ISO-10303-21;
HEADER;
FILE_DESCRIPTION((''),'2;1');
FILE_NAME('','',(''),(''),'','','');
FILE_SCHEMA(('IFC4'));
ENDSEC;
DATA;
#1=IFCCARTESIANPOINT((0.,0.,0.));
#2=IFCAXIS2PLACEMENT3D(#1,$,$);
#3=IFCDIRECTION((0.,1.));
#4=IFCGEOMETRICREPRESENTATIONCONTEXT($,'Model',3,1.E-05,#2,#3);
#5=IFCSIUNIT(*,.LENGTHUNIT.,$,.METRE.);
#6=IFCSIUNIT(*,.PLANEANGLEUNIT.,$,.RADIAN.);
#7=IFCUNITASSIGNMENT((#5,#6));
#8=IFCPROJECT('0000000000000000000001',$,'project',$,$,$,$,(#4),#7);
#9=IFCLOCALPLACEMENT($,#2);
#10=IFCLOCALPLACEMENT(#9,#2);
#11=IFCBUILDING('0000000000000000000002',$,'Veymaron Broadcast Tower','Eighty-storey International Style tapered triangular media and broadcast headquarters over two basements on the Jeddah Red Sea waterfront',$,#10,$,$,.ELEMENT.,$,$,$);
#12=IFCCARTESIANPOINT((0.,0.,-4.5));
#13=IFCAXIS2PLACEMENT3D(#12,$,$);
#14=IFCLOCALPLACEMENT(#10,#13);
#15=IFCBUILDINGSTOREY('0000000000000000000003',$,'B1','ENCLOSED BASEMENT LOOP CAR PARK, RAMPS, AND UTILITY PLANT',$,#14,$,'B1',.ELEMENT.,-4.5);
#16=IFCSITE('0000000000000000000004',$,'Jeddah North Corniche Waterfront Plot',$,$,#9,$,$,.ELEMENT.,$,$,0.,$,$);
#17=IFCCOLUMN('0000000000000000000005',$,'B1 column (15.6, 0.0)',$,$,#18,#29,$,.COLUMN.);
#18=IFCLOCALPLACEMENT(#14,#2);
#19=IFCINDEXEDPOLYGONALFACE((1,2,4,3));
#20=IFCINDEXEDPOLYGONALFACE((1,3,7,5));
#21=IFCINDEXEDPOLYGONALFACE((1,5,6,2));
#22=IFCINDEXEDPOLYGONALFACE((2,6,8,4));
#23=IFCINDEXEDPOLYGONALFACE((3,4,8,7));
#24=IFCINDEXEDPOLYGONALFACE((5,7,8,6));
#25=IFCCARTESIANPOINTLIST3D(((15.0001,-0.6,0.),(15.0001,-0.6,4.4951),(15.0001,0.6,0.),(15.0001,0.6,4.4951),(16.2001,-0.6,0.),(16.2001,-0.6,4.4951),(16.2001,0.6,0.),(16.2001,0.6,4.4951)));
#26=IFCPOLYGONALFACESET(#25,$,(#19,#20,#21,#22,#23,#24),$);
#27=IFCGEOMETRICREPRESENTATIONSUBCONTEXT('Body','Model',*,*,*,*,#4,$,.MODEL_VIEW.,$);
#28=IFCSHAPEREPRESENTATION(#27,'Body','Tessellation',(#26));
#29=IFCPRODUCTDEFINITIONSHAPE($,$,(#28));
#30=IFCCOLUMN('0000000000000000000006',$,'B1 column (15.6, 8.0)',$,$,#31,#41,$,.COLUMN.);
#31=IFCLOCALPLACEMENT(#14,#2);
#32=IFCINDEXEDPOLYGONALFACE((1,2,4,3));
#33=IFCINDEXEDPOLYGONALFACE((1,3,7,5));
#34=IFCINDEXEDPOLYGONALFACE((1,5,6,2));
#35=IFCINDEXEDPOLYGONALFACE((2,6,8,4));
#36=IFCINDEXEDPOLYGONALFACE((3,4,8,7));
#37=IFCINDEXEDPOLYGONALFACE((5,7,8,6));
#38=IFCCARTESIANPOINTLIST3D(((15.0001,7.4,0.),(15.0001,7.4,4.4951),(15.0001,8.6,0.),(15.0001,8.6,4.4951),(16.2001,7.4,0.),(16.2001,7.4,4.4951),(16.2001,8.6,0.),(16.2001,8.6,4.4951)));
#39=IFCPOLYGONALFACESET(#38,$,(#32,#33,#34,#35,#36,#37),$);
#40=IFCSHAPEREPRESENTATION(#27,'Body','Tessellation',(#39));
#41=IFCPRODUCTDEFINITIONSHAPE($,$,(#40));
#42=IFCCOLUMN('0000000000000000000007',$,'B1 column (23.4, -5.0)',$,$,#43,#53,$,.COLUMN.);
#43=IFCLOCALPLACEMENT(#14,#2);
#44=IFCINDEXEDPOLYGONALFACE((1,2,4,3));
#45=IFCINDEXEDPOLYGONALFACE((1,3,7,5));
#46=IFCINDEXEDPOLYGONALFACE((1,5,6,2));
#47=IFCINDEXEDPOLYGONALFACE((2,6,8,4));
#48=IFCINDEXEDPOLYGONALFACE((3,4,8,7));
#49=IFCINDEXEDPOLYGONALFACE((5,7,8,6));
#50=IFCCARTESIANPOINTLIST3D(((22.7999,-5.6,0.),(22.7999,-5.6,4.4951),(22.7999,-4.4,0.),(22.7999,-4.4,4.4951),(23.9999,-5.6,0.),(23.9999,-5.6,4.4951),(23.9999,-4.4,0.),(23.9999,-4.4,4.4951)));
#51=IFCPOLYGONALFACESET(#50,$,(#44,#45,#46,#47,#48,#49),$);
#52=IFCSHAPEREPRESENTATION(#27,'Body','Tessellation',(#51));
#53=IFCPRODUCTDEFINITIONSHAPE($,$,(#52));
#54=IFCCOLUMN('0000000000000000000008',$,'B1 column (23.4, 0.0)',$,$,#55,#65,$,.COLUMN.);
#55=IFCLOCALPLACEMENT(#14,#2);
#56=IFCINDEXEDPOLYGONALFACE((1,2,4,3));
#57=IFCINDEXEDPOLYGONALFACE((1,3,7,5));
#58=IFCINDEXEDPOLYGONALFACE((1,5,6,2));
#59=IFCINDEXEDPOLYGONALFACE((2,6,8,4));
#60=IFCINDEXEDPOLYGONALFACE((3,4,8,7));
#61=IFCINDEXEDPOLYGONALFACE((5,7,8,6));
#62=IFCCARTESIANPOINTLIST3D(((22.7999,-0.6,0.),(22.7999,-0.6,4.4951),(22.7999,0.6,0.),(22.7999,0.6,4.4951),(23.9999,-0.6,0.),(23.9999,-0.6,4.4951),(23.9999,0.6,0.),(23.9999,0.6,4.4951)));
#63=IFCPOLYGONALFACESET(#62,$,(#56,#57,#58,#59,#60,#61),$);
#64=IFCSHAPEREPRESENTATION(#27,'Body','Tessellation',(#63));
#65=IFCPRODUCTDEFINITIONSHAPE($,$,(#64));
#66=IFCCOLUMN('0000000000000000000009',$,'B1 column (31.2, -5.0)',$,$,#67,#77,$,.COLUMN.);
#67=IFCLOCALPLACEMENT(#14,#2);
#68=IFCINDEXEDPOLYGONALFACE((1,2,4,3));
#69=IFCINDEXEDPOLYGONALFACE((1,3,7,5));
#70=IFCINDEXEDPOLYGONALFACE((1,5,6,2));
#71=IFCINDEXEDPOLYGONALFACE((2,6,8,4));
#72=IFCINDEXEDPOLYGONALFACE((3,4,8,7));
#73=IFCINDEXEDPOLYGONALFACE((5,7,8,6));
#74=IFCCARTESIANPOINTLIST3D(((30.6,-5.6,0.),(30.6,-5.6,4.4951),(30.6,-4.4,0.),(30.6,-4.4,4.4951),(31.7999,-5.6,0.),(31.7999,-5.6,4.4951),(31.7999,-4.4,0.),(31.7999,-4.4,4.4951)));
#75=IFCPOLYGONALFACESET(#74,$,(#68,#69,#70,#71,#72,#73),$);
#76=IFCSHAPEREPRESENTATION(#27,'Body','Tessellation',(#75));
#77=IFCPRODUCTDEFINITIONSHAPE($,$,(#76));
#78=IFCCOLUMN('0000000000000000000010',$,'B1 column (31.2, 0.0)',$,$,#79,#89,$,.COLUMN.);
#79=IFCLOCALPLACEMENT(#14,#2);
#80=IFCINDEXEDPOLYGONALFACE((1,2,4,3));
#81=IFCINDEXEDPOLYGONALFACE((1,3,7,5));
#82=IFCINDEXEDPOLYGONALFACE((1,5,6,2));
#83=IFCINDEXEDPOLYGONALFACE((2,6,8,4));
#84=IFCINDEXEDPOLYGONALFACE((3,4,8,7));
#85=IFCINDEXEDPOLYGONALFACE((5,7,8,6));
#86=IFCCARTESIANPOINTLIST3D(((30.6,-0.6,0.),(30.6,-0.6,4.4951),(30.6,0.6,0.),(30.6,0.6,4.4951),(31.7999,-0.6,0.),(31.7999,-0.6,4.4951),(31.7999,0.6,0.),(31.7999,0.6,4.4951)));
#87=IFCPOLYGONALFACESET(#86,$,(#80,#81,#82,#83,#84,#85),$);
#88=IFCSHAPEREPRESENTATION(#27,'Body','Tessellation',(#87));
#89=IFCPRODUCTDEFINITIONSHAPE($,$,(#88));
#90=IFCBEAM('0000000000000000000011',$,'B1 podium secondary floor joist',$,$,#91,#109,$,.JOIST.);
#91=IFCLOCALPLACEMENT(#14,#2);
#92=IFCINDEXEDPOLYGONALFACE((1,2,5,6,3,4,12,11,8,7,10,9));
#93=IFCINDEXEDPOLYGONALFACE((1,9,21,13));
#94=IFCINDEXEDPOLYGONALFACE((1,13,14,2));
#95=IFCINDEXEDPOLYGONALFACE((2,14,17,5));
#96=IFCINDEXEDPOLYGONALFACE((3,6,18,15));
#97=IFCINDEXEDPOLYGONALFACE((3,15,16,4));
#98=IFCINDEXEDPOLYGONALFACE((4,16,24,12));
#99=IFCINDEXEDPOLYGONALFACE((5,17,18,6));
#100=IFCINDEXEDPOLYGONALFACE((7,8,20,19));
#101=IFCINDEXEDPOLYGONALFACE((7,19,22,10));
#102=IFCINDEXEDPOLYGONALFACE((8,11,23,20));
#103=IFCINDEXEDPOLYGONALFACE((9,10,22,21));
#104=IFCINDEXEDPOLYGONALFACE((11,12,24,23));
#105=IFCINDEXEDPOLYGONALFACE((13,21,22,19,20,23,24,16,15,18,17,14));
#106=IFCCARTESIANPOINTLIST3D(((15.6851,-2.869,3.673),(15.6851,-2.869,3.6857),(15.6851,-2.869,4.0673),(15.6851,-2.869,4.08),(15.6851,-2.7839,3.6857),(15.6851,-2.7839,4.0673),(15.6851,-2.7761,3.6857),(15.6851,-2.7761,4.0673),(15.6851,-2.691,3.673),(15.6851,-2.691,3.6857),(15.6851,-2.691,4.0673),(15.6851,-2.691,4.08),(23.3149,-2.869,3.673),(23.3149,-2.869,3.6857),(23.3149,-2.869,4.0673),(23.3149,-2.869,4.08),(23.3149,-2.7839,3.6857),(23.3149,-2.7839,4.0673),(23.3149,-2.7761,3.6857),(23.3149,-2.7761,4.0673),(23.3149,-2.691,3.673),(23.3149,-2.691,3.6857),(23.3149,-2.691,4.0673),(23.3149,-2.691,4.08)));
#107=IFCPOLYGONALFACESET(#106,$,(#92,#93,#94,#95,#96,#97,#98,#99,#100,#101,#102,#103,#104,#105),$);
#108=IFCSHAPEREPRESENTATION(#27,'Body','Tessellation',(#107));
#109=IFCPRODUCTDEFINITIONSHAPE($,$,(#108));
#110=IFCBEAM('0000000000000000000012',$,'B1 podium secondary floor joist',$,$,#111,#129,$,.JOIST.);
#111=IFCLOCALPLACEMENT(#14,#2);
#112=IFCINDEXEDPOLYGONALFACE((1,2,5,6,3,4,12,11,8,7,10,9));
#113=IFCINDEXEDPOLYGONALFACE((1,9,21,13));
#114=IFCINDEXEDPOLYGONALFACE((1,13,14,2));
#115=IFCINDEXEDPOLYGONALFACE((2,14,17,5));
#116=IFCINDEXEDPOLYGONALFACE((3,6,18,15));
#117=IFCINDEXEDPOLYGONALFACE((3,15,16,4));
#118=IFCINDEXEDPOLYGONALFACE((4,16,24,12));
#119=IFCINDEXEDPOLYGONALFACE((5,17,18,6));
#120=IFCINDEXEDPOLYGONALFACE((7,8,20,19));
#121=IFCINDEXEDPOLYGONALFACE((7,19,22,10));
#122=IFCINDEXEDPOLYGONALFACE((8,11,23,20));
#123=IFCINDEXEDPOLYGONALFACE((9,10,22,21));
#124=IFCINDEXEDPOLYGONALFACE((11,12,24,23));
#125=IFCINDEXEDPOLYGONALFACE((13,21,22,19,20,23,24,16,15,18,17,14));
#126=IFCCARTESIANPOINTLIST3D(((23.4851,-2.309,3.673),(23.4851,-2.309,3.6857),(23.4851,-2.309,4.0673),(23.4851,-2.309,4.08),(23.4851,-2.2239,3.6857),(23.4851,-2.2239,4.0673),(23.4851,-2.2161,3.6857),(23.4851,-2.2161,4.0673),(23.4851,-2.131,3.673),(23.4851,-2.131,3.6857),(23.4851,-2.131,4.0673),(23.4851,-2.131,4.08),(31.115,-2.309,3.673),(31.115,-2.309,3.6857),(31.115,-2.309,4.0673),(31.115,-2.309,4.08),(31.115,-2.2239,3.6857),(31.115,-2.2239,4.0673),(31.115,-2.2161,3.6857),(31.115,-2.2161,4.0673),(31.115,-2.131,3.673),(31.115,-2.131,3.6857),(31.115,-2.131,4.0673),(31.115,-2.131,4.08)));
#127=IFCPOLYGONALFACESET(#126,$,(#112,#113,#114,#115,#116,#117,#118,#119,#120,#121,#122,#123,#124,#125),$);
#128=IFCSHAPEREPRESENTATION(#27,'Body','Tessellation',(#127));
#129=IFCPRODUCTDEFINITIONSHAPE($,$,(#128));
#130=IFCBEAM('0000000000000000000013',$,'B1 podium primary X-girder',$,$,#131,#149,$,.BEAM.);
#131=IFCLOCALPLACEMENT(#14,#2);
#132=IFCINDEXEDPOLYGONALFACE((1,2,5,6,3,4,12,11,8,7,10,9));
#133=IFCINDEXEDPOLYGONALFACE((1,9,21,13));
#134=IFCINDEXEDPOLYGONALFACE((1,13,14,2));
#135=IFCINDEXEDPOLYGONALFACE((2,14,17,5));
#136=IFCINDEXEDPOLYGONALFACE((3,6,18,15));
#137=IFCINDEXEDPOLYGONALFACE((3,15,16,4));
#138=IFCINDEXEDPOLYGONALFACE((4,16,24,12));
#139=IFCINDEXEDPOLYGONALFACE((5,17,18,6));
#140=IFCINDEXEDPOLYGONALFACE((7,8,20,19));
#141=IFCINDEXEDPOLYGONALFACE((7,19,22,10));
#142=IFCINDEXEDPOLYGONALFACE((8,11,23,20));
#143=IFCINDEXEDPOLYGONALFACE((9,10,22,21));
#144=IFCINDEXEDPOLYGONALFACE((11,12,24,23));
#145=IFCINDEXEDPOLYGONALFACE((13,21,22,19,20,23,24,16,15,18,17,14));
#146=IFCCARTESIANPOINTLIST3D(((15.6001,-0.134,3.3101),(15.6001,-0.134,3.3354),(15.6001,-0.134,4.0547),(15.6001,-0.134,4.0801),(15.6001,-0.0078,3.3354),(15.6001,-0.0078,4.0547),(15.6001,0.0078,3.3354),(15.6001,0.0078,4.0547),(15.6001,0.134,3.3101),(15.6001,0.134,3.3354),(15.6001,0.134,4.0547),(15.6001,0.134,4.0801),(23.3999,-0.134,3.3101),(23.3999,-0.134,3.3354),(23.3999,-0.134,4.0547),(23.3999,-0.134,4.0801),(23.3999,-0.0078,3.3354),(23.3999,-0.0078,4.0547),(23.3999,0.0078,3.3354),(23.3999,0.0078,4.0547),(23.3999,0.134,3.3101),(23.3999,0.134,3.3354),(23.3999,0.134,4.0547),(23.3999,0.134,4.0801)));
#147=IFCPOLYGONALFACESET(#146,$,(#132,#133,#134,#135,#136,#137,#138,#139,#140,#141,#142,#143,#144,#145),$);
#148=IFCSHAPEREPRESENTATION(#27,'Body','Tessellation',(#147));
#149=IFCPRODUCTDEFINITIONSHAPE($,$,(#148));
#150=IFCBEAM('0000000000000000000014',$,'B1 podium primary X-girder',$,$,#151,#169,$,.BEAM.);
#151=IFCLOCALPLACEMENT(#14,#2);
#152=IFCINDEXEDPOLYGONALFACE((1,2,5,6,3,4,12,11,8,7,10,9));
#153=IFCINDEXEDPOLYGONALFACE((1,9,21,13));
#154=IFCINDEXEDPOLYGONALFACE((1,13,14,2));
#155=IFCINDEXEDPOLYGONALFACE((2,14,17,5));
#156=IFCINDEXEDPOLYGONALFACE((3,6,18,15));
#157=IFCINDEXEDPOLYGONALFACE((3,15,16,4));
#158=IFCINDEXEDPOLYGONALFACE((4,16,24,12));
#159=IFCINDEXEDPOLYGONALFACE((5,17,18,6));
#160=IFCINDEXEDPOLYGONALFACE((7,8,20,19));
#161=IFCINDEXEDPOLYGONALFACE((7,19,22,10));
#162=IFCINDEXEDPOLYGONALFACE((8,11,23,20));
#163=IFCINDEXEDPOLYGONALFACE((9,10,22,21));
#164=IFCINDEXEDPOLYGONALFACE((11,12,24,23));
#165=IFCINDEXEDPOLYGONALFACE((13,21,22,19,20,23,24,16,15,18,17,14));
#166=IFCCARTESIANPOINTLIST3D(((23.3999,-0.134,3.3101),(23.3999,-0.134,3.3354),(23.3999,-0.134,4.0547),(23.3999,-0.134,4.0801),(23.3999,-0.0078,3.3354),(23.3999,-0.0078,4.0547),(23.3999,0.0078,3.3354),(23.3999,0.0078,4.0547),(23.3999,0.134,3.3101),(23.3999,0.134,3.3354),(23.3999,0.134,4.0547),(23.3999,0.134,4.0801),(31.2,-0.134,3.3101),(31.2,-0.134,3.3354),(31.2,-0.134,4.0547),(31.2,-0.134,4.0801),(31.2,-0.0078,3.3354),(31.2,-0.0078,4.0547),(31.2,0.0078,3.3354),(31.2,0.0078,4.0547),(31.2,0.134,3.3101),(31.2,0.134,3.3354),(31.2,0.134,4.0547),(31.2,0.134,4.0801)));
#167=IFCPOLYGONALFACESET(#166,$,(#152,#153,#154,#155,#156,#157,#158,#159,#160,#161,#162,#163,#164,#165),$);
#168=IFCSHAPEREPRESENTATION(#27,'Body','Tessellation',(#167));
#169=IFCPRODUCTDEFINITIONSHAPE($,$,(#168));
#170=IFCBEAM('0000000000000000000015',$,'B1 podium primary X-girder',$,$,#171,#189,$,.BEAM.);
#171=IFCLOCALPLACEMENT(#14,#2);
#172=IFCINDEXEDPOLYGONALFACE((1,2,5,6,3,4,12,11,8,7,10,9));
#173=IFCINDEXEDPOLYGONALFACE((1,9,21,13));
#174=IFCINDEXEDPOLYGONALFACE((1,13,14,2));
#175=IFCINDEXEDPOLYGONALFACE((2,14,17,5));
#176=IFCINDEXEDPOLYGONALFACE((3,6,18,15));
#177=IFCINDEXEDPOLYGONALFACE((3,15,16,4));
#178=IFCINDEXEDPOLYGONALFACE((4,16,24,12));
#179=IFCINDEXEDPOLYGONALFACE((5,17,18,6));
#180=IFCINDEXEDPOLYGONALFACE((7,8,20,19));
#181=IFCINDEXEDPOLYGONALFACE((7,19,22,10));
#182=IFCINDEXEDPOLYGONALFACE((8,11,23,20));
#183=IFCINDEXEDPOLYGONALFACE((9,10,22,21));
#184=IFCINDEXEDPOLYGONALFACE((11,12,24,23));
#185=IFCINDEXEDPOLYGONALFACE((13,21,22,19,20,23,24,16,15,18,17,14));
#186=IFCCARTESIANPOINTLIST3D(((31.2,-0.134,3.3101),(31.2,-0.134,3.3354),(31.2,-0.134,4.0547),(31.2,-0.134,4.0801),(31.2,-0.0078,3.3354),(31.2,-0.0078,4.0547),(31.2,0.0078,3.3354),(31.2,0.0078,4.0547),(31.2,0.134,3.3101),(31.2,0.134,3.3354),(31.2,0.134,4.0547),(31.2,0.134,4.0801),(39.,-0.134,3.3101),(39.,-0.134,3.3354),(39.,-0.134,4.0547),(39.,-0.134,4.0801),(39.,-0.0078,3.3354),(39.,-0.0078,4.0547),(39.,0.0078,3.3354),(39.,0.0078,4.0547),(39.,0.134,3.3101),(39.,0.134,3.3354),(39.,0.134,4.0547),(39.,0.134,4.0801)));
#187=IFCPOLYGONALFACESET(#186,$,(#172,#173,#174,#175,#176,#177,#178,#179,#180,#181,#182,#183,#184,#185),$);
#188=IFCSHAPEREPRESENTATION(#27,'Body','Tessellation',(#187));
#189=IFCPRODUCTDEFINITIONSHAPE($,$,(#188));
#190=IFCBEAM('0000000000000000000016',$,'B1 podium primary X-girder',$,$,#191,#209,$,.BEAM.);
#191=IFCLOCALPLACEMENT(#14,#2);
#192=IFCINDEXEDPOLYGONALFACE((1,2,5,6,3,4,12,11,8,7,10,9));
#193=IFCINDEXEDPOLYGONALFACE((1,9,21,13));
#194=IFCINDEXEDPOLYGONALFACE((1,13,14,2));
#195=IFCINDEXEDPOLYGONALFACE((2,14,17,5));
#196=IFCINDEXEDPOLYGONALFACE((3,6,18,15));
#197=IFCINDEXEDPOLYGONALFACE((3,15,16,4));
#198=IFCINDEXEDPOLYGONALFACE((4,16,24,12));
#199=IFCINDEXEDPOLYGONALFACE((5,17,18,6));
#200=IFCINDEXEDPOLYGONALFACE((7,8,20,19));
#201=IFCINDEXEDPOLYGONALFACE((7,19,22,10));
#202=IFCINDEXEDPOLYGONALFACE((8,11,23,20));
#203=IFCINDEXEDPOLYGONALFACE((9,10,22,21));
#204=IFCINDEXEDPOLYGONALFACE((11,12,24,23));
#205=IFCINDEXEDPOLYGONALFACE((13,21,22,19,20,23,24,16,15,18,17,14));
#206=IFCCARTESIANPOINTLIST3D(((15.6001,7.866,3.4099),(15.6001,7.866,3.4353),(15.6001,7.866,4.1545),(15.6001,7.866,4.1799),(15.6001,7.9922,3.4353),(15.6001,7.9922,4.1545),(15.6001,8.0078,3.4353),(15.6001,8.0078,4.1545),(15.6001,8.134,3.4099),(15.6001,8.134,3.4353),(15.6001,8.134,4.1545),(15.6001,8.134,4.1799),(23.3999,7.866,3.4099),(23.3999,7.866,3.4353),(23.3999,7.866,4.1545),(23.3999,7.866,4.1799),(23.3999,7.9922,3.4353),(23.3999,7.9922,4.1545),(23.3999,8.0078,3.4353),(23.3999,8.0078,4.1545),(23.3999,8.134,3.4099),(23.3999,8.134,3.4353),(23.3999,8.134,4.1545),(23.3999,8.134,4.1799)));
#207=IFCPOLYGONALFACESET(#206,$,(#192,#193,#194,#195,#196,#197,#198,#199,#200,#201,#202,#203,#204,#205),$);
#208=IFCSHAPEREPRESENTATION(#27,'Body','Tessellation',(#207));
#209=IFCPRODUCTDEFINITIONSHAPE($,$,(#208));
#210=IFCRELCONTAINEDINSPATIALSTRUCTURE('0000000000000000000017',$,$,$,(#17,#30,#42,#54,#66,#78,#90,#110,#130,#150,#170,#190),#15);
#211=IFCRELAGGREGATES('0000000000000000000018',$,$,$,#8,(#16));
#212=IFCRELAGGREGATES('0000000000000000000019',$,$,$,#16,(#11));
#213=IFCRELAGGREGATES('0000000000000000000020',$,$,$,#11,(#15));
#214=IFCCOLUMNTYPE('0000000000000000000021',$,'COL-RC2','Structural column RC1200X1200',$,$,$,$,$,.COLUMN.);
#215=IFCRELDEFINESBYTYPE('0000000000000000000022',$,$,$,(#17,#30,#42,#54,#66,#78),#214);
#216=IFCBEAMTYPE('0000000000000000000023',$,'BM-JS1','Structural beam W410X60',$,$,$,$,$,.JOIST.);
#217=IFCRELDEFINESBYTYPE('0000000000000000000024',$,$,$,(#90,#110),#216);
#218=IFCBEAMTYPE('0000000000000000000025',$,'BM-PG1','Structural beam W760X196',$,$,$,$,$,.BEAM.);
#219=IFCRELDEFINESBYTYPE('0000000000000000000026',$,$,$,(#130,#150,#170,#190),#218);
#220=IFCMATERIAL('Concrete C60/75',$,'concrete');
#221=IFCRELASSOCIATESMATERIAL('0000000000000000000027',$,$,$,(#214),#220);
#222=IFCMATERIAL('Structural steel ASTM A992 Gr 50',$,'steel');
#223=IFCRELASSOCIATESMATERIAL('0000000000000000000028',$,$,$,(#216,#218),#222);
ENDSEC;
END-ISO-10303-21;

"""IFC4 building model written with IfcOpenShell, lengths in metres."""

from ifc_helpers import new_model, si_unit, direction, frame, origin, origin_2d, place, context, subcontext, project, spatial, rectangle, i_section, extrude, material, material_profile, profile_set, type_object, element, save


model = new_model("IFC4")

# Units and contexts
model_context = context("Model", 3, precision=1e-05, world=origin(), true_north=direction((0.0, 1.0)))
body_context = subcontext(model_context, "Body", "Model", "MODEL_VIEW")
ifc_project = project(units=[si_unit("LENGTHUNIT", "METRE"), si_unit("PLANEANGLEUNIT", "RADIAN")], contexts=[model_context])

# Site, building, storey
site_placement = place(None, origin())
site = spatial("IfcSite", under=ifc_project, at=site_placement, Name="Jeddah North Corniche Waterfront Plot", CompositionType="ELEMENT", RefElevation=0.0)
building_placement = place(site_placement, origin())
building = spatial("IfcBuilding", under=site, at=building_placement, Name="Veymaron Broadcast Tower", Description="Eighty-storey International Style tapered triangular media and broadcast headquarters over two basements on the Jeddah Red Sea waterfront", CompositionType="ELEMENT")
storey_placement = place(building_placement, frame((0.0, 0.0, -4.5)))
storey = spatial("IfcBuildingStorey", under=building, at=storey_placement, Name="B1", Description="ENCLOSED BASEMENT LOOP CAR PARK, RAMPS, AND UTILITY PLANT", LongName="B1", CompositionType="ELEMENT", Elevation=-4.5)

# Columns
ifc_material_1 = material(Name="Concrete C60/75", Category="concrete")
ifc_material_profile_1 = material_profile(ifc_material_1, rectangle(XDim=1.2, YDim=1.2, at=origin_2d()), Name="RC1200X1200")
ifc_profile_set_1 = profile_set([ifc_material_profile_1], Name="Concrete C60/75")
column_type = type_object("IfcColumnType", Name="COL-RC2", Description="Structural column RC1200X1200", PredefinedType="COLUMN", material=ifc_profile_set_1)
for number, where, z_axis, x_axis, name in (
    (1, (15.6001, 0.0, 0.0), (0.0, 0.0, 1.0), (1.0, 0.0, 0.0), "B1 column (15.6, 0.0)"),
    (2, (15.6001, 8.0, 0.0), (0.0, 0.0, 1.0), (1.0, 0.0, 0.0), "B1 column (15.6, 8.0)"),
    (3, (23.3999, -5.0, 0.0), (0.0, 0.0, 1.0), (1.0, 0.0, 0.0), "B1 column (23.4, -5.0)"),
    (4, (23.3999, 0.0, 0.0), (0.0, 0.0, 1.0), (1.0, 0.0, 0.0), "B1 column (23.4, 0.0)"),
    (5, (31.2, -5.0, 0.0), (0.0, 0.0, 1.0), (1.0, 0.0, 0.0), "B1 column (31.2, -5.0)"),
    (6, (31.2, 0.0, 0.0), (0.0, 0.0, 1.0), (1.0, 0.0, 0.0), "B1 column (31.2, 0.0)"),
):
    element("IfcColumn", number, at=place(storey_placement, frame(where, z_axis=z_axis, x_axis=x_axis)), inside=storey, type_object=column_type, Name=name, PredefinedType="COLUMN", context=body_context, shape_type="SweptSolid", body=[
        extrude(rectangle(XDim=1.2, YDim=1.2, at=origin_2d()), origin(), (0.0, 0.0, 1.0), 4.4951),
    ])

# Beams
ifc_material_2 = material(Name="Structural steel ASTM A992 Gr 50", Category="steel")
ifc_material_profile_2 = material_profile(ifc_material_2, i_section(OverallWidth=0.178, OverallDepth=0.407, WebThickness=0.0078, FlangeThickness=0.0127, at=origin_2d()), Name="W410X60")
ifc_profile_set_2 = profile_set([ifc_material_profile_2], Name="Structural steel ASTM A992 Gr 50")
beam_type_1 = type_object("IfcBeamType", Name="BM-JS1", Description="Structural beam W410X60", PredefinedType="JOIST", material=ifc_profile_set_2)
for number, where, z_axis, x_axis, name in (
    (7, (15.6851, -2.78, 3.8765), (1.0, 0.0, 0.0), (0.0, 1.0, 0.0), "B1 podium secondary floor joist"),
    (8, (23.4851, -2.22, 3.8765), (1.0, 0.0, 0.0), (0.0, 1.0, 0.0), "B1 podium secondary floor joist"),
):
    element("IfcBeam", number, at=place(storey_placement, frame(where, z_axis=z_axis, x_axis=x_axis)), inside=storey, type_object=beam_type_1, Name=name, PredefinedType="JOIST", context=body_context, shape_type="SweptSolid", body=[
        extrude(i_section(OverallWidth=0.178, OverallDepth=0.407, WebThickness=0.0078, FlangeThickness=0.0127, at=origin_2d()), origin(), (0.0, 0.0, 1.0), 7.6299),
    ])
ifc_material_profile_3 = material_profile(ifc_material_2, i_section(OverallWidth=0.2681, OverallDepth=0.77, WebThickness=0.0156, FlangeThickness=0.0254, at=origin_2d()), Name="W760X196")
ifc_profile_set_3 = profile_set([ifc_material_profile_3], Name="Structural steel ASTM A992 Gr 50")
beam_type_2 = type_object("IfcBeamType", Name="BM-PG1", Description="Structural beam W760X196", PredefinedType="BEAM", material=ifc_profile_set_3)
beam_1_placement = place(storey_placement, frame((15.6001, 0.0, 3.6951), z_axis=(1.0, 0.0, 0.0), x_axis=(0.0, 1.0, 0.0)))
element("IfcBeam", 9, at=beam_1_placement, inside=storey, type_object=beam_type_2, Name="B1 podium primary X-girder", PredefinedType="BEAM", context=body_context, shape_type="SweptSolid", body=[
    extrude(i_section(OverallWidth=0.2681, OverallDepth=0.77, WebThickness=0.0156, FlangeThickness=0.0254, at=origin_2d()), origin(), (0.0, 0.0, 1.0), 7.7998),
])
for number, where, z_axis, x_axis, name in (
    (10, (23.3999, 0.0, 3.6951), (1.0, 0.0, 0.0), (0.0, 1.0, 0.0), "B1 podium primary X-girder"),
    (11, (31.2, 0.0, 3.6951), (1.0, 0.0, 0.0), (0.0, 1.0, 0.0), "B1 podium primary X-girder"),
):
    element("IfcBeam", number, at=place(storey_placement, frame(where, z_axis=z_axis, x_axis=x_axis)), inside=storey, type_object=beam_type_2, Name=name, PredefinedType="BEAM", context=body_context, shape_type="SweptSolid", body=[
        extrude(i_section(OverallWidth=0.2681, OverallDepth=0.77, WebThickness=0.0156, FlangeThickness=0.0254, at=origin_2d()), origin(), (0.0, 0.0, 1.0), 7.8),
    ])
beam_2_placement = place(storey_placement, frame((15.6001, 8.0, 3.7949), z_axis=(1.0, 0.0, 0.0), x_axis=(0.0, 1.0, 0.0)))
element("IfcBeam", 12, at=beam_2_placement, inside=storey, type_object=beam_type_2, Name="B1 podium primary X-girder", PredefinedType="BEAM", context=body_context, shape_type="SweptSolid", body=[
    extrude(i_section(OverallWidth=0.2681, OverallDepth=0.77, WebThickness=0.0156, FlangeThickness=0.0254, at=origin_2d()), origin(), (0.0, 0.0, 1.0), 7.7998),
])

save(model, "model.ifc")
